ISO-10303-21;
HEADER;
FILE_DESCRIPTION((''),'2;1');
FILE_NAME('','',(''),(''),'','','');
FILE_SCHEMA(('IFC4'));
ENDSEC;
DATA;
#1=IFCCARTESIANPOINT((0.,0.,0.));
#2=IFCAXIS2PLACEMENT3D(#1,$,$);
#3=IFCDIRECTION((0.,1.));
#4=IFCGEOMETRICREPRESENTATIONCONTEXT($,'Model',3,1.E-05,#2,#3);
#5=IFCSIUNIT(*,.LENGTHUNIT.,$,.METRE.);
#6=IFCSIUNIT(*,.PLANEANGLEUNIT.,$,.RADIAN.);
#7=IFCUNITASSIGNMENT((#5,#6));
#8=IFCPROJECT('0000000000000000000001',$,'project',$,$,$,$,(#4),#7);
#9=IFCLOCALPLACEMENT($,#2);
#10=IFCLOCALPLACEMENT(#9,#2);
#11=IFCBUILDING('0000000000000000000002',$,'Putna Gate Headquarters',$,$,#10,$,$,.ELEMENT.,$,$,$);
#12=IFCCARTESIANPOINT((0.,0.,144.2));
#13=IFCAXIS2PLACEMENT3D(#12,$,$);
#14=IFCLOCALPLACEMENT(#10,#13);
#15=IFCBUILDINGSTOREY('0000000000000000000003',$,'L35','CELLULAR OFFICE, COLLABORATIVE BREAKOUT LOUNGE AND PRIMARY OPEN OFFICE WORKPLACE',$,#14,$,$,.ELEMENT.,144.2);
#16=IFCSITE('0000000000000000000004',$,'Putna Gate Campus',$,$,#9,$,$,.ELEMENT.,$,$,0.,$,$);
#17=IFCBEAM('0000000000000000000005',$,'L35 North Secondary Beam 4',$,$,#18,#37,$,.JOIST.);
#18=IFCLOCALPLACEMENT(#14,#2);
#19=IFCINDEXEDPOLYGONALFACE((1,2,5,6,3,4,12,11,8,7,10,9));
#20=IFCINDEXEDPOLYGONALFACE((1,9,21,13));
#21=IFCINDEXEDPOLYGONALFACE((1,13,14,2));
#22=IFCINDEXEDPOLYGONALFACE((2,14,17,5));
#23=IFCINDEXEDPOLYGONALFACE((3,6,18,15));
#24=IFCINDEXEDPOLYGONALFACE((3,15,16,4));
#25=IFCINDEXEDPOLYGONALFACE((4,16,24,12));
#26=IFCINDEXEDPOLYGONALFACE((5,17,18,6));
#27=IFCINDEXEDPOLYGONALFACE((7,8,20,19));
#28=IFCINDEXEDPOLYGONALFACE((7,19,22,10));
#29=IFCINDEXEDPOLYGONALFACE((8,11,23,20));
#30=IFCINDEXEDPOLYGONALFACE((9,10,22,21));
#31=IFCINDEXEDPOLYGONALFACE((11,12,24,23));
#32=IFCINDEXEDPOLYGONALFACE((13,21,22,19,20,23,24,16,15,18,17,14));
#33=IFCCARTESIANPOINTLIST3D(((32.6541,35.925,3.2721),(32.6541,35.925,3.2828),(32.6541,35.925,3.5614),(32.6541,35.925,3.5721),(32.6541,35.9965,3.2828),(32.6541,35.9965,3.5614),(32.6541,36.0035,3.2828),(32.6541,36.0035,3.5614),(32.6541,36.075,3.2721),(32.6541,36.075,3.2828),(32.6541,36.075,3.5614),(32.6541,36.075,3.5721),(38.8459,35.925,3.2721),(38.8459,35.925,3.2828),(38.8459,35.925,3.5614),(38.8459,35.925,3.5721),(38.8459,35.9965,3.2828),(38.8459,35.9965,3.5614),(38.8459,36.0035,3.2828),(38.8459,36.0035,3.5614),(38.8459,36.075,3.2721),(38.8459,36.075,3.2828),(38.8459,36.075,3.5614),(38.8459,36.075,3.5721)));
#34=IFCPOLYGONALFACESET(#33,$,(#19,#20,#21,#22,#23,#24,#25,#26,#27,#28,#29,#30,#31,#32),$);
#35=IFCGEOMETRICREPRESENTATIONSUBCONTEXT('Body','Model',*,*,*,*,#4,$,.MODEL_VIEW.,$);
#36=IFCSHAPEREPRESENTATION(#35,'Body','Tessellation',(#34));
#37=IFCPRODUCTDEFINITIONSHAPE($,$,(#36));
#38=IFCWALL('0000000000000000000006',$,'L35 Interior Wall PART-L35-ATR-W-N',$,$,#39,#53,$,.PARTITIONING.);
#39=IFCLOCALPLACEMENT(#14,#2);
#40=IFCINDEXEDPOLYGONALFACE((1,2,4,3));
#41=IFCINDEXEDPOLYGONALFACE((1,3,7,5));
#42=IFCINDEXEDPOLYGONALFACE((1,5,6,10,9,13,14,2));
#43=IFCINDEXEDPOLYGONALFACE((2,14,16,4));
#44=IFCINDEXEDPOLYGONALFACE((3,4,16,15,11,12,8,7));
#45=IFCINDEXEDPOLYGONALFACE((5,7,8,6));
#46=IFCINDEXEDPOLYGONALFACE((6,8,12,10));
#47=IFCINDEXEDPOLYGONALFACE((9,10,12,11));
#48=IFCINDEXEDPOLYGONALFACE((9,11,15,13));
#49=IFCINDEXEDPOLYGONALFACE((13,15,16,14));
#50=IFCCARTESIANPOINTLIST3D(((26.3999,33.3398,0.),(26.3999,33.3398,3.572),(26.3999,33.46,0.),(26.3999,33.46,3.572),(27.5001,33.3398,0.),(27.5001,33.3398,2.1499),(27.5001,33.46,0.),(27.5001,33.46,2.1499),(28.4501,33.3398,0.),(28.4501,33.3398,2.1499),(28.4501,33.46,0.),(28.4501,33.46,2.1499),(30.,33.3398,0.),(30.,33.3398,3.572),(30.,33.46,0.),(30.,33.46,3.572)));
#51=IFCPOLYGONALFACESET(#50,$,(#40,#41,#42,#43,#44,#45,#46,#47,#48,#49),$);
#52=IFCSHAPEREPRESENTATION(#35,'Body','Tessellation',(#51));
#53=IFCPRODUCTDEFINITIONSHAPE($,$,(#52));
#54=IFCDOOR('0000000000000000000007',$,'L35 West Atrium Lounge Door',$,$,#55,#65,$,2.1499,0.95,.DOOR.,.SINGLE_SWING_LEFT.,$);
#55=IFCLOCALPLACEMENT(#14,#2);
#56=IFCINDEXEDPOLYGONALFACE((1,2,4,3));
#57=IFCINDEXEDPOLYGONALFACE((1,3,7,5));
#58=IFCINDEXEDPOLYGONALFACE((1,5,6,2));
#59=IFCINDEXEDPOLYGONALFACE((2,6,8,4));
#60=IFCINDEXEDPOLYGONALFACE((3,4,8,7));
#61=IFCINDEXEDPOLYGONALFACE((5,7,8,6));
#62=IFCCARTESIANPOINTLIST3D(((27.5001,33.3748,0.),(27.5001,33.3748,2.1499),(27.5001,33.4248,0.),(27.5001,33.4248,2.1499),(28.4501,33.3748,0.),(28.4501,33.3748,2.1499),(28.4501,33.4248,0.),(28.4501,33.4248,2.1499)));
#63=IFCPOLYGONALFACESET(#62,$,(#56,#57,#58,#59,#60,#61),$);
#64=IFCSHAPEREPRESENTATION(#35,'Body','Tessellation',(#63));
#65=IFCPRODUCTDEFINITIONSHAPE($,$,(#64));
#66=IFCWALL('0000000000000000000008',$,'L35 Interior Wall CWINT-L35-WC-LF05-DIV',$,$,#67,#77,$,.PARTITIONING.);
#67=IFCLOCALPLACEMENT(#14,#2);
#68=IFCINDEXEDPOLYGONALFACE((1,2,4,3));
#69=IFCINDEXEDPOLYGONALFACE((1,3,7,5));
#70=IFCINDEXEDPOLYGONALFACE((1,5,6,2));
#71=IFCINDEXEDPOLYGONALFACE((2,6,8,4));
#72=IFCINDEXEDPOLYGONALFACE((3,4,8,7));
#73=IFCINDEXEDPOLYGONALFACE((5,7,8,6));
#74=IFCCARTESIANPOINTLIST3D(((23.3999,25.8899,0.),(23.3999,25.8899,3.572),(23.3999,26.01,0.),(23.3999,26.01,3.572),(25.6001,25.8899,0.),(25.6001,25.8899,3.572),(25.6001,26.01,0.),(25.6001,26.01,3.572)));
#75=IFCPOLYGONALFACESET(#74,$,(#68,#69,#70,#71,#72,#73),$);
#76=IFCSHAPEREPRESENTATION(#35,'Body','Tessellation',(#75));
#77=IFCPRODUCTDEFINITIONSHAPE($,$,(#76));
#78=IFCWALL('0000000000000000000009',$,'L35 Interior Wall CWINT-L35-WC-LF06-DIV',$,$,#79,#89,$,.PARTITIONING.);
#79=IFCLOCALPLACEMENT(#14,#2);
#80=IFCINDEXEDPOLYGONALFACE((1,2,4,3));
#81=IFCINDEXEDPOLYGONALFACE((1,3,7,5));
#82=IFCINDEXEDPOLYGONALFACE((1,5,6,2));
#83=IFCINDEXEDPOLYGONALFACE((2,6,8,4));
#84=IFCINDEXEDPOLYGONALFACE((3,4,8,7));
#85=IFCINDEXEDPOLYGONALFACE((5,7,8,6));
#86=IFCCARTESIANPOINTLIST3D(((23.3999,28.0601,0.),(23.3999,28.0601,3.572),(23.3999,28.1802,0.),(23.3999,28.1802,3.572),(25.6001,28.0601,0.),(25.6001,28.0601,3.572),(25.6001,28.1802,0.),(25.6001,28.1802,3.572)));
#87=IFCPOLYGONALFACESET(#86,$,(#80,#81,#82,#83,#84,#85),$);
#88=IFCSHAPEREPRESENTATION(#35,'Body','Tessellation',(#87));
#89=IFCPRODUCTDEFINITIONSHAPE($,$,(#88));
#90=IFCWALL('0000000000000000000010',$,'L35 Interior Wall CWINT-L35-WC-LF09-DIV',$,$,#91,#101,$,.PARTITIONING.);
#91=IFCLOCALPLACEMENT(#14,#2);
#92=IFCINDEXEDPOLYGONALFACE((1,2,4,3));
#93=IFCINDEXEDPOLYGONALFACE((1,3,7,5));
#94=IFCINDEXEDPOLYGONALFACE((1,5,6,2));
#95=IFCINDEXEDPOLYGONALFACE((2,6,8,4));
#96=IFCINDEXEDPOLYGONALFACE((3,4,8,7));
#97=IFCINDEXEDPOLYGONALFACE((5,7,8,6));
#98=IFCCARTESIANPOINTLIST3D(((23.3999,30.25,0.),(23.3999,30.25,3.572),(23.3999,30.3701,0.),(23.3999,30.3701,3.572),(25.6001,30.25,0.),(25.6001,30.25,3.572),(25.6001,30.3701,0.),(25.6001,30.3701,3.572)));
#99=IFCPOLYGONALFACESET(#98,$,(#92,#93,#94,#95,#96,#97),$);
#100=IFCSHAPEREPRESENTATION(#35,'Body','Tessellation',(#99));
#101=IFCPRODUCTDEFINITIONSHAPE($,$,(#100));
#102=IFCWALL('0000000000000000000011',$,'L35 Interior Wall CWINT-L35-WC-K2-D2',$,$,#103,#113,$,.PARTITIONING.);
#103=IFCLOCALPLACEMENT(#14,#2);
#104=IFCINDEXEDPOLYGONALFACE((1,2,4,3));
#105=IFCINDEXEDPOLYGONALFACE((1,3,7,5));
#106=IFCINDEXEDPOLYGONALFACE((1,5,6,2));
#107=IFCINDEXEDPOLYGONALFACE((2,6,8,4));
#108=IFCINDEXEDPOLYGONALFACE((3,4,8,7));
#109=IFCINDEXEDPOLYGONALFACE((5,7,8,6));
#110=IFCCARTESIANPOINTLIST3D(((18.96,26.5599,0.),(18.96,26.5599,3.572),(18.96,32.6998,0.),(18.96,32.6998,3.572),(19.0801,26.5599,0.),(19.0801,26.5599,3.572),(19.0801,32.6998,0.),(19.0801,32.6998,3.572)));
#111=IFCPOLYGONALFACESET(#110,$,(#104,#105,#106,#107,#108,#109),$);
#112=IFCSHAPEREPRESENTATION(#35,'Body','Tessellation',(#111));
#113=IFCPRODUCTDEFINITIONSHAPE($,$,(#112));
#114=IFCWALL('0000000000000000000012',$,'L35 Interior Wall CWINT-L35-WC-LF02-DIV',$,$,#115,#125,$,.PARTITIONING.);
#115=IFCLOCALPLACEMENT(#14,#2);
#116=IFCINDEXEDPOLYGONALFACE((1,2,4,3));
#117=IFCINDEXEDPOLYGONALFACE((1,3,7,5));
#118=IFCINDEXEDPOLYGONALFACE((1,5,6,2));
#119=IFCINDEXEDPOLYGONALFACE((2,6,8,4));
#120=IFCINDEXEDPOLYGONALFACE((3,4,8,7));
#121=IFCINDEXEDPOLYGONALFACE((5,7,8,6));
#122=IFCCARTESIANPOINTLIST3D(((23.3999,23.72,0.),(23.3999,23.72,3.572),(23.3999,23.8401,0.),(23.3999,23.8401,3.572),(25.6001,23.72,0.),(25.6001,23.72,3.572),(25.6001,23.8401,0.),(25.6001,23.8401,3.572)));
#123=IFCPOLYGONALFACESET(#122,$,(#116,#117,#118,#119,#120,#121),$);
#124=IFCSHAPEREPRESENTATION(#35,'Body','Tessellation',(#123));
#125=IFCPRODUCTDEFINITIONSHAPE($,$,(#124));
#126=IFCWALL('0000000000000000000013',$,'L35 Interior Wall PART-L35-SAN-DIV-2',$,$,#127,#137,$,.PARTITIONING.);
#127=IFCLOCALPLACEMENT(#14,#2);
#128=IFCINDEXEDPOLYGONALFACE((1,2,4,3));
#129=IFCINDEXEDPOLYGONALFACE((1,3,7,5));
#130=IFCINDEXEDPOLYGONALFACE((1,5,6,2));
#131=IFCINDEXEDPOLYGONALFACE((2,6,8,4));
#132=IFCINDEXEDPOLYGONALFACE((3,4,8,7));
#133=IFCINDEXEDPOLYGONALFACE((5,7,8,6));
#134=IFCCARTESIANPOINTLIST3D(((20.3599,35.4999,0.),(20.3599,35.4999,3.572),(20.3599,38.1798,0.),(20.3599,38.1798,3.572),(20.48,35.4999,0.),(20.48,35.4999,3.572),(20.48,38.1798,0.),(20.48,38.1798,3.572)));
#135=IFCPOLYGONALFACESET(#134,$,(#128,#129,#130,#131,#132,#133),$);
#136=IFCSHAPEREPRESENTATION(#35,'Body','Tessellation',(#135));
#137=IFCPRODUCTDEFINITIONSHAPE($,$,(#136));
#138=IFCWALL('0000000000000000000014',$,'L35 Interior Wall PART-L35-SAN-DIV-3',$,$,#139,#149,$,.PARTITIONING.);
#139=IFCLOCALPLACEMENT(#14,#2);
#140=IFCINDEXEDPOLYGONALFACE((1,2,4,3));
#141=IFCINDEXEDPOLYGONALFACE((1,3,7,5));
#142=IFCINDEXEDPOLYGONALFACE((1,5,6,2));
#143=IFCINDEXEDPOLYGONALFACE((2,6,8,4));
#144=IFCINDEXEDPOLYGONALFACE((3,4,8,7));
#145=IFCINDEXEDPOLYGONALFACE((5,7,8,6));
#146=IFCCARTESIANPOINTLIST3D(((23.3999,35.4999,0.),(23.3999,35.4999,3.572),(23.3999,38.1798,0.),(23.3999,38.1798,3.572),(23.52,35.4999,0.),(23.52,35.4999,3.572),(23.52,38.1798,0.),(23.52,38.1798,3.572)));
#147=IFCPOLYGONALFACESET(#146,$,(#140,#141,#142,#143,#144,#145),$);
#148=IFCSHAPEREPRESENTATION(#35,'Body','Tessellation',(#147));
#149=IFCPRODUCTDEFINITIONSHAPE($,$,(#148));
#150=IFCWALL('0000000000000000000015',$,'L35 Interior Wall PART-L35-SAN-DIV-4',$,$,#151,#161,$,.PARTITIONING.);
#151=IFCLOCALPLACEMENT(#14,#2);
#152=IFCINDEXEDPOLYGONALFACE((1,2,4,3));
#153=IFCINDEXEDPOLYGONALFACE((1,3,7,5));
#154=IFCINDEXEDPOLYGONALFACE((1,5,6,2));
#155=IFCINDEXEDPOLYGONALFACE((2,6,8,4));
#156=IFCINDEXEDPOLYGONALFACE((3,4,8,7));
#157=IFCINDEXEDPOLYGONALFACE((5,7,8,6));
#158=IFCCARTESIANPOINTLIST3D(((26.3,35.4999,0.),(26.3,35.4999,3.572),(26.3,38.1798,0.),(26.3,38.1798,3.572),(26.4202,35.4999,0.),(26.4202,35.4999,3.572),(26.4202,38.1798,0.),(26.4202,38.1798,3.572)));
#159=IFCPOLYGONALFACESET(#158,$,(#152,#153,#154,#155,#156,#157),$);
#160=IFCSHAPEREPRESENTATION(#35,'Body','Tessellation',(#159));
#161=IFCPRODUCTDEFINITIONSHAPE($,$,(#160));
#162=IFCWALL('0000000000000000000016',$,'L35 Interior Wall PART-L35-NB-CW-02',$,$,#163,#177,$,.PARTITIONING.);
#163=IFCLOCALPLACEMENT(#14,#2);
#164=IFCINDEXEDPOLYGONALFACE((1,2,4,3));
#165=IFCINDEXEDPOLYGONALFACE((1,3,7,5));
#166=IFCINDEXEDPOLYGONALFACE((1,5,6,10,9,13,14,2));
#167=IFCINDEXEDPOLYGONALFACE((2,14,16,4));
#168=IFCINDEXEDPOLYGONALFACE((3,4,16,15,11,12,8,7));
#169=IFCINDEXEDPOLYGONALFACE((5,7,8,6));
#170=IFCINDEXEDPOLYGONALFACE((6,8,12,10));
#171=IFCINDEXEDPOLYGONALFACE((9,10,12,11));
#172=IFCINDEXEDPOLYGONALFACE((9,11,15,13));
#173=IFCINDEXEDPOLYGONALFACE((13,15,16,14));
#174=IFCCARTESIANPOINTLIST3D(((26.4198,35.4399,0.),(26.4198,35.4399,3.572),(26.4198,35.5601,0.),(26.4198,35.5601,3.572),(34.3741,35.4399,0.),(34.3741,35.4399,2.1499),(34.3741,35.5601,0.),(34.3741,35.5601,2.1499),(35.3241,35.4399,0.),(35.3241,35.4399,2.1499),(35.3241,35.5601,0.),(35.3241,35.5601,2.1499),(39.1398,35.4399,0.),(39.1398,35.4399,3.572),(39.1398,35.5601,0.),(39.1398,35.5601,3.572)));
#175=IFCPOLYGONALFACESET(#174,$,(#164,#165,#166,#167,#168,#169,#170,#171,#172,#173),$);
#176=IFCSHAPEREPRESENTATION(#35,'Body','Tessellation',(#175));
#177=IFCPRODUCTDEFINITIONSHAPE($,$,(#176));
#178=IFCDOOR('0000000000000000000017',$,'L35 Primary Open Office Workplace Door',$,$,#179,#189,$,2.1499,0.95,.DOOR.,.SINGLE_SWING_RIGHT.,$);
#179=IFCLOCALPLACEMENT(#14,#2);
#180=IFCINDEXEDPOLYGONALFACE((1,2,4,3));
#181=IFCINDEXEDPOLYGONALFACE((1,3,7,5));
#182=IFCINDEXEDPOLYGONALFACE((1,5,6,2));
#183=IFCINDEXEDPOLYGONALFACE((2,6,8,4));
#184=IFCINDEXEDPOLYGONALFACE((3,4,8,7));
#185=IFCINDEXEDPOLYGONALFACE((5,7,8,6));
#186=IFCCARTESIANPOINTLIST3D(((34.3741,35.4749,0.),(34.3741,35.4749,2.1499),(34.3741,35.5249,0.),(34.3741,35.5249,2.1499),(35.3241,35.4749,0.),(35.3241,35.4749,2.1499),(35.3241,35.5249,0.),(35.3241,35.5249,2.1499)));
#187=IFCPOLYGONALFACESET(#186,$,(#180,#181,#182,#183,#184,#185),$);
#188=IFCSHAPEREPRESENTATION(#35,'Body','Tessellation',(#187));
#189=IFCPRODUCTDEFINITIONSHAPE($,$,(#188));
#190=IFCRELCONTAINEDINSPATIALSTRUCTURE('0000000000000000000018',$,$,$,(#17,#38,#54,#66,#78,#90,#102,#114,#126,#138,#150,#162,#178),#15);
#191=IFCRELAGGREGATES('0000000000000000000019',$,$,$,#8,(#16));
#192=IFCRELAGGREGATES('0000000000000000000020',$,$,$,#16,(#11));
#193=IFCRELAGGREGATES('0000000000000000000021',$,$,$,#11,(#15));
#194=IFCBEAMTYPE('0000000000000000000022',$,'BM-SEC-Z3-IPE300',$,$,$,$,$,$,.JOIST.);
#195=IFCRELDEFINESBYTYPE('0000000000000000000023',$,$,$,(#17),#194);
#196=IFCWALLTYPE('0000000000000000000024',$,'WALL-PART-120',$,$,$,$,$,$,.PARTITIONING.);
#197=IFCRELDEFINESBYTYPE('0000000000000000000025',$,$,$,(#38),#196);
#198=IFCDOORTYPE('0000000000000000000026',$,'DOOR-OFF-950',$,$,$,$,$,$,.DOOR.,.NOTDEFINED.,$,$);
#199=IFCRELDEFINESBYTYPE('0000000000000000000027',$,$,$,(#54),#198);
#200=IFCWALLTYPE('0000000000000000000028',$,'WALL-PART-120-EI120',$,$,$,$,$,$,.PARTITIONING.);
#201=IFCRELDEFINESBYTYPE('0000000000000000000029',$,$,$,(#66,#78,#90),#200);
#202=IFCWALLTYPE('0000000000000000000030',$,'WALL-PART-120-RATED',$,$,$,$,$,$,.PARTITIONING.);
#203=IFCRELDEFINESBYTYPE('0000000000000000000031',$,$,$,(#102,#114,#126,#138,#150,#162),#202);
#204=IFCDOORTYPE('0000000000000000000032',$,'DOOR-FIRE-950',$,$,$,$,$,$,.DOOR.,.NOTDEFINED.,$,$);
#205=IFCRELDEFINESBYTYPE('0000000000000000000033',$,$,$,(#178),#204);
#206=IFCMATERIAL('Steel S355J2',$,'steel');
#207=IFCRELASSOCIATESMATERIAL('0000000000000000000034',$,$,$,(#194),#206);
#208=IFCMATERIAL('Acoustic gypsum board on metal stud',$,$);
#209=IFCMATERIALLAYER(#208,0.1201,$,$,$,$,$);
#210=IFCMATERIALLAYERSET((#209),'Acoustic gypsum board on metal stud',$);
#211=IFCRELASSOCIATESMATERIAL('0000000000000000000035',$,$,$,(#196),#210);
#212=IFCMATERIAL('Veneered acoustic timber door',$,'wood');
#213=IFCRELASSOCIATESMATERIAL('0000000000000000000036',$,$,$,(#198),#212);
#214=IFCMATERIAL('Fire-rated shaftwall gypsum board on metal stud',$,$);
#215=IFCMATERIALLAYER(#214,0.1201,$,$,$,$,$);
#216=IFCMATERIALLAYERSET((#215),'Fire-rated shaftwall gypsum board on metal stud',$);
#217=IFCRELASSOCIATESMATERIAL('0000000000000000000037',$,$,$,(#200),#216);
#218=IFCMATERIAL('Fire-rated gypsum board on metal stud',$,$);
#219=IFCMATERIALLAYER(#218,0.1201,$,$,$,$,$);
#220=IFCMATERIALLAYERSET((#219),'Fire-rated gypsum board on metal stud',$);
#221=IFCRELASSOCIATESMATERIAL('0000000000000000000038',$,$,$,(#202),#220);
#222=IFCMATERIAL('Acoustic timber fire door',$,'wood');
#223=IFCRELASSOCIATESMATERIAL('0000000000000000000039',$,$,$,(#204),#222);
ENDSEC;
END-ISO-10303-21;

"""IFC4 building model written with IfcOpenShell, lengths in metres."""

from ifc_helpers import new_model, si_unit, direction, frame, frame_2d, origin, origin_2d, place, context, subcontext, project, spatial, rectangle, i_section, extrude, material, layer, layer_set, material_profile, profile_set, type_object, element, fill, save


model = new_model("IFC4")

# Units and contexts
model_context = context("Model", 3, precision=1e-05, world=origin(), true_north=direction((0.0, 1.0)))
body_context = subcontext(model_context, "Body", "Model", "MODEL_VIEW")
ifc_project = project(units=[si_unit("LENGTHUNIT", "METRE"), si_unit("PLANEANGLEUNIT", "RADIAN")], contexts=[model_context])

# Site, building, storey
site_placement = place(None, origin())
site = spatial("IfcSite", under=ifc_project, at=site_placement, Name="Putna Gate Campus", CompositionType="ELEMENT", RefElevation=0.0)
building_placement = place(site_placement, origin())
building = spatial("IfcBuilding", under=site, at=building_placement, Name="Putna Gate Headquarters", CompositionType="ELEMENT")
storey_placement = place(building_placement, frame((0.0, 0.0, 144.2)))
storey = spatial("IfcBuildingStorey", under=building, at=storey_placement, Name="L35", Description="CELLULAR OFFICE, COLLABORATIVE BREAKOUT LOUNGE AND PRIMARY OPEN OFFICE WORKPLACE", CompositionType="ELEMENT", Elevation=144.2)

# Beam
ifc_material_1 = material(Name="Steel S355J2", Category="steel")
ifc_material_profile_1 = material_profile(ifc_material_1, i_section(OverallWidth=0.1499, OverallDepth=0.3, WebThickness=0.0071, FlangeThickness=0.0107, at=origin_2d()), Name="Steel S355J2")
ifc_profile_set_1 = profile_set([ifc_material_profile_1], Name="Steel S355J2")
beam_type_1 = type_object("IfcBeamType", Name="BM-SEC-Z3-IPE300", PredefinedType="JOIST", material=ifc_profile_set_1)
for number, where, z_axis, x_axis, name in (
    (1, (32.6541, 36.0, 3.4221), (1.0, 0.0, 0.0), (0.0, 1.0, 0.0), "L35 North Secondary Beam 4"),
):
    element("IfcBeam", number, at=place(storey_placement, frame(where, z_axis=z_axis, x_axis=x_axis)), inside=storey, type_object=beam_type_1, Name=name, PredefinedType="JOIST", context=body_context, shape_type="SweptSolid", body=[
        extrude(i_section(OverallWidth=0.1499, OverallDepth=0.3, WebThickness=0.0071, FlangeThickness=0.0107, at=origin_2d()), origin(), (0.0, 0.0, 1.0), 6.1919),
    ])

# Wall, opening, door
ifc_material_2 = material(Name="Acoustic gypsum board on metal stud")
ifc_layer_1 = layer(ifc_material_2, 0.1201)
ifc_layer_set_1 = layer_set([ifc_layer_1], Name="Acoustic gypsum board on metal stud")
wall_type_1 = type_object("IfcWallType", Name="WALL-PART-120", PredefinedType="PARTITIONING", material=ifc_layer_set_1)
wall_1_placement = place(storey_placement, frame((26.3999, 33.3999, 0.0), z_axis=(0.0, 0.0, 1.0), x_axis=(1.0, 0.0, 0.0)))
wall_1 = element("IfcWall", 2, at=wall_1_placement, inside=storey, type_object=wall_type_1, Name="L35 Interior Wall PART-L35-ATR-W-N", PredefinedType="PARTITIONING", context=body_context, shape_type="SweptSolid", body=[
    extrude(rectangle(XDim=3.6001, YDim=0.1201, at=frame_2d((1.8, 0.0))), origin(), (0.0, 0.0, 1.0), 3.572),
])
opening_1_placement = place(wall_1_placement, frame((1.1001, 0.0, 0.0)))
opening_1 = element("IfcOpeningElement", 3, at=opening_1_placement, cuts=wall_1, PredefinedType="OPENING", context=body_context, shape_type="SweptSolid", body=[
    extrude(rectangle(XDim=0.95, YDim=2.1499, at=frame_2d((0.4751, 1.075))), frame((0.0, 0.0701, 0.0), z_axis=(0.0, -1.0, 0.0), x_axis=(1.0, 0.0, 0.0)), (0.0, 0.0, 1.0), 0.1401),
])
ifc_material_3 = material(Name="Veneered acoustic timber door", Category="wood")
door_type_1 = type_object("IfcDoorType", Name="DOOR-OFF-950", OperationType="NOTDEFINED", PredefinedType="DOOR", material=ifc_material_3)
door_1_placement = place(opening_1_placement, origin())
door_1 = element("IfcDoor", 4, at=door_1_placement, inside=storey, type_object=door_type_1, Name="L35 West Atrium Lounge Door", OperationType="SINGLE_SWING_LEFT", OverallHeight=2.1499, OverallWidth=0.95, PredefinedType="DOOR", context=body_context, shape_type="SweptSolid", body=[
    extrude(rectangle(XDim=0.95, YDim=2.1499, at=frame_2d((0.4751, 1.075))), frame((0.0, 0.0249, 0.0), z_axis=(0.0, -1.0, 0.0), x_axis=(1.0, 0.0, 0.0)), (0.0, 0.0, 1.0), 0.05),
])
fill(opening_1, door_1)

# Walls
ifc_material_4 = material(Name="Fire-rated shaftwall gypsum board on metal stud")
ifc_layer_2 = layer(ifc_material_4, 0.1201)
ifc_layer_set_2 = layer_set([ifc_layer_2], Name="Fire-rated shaftwall gypsum board on metal stud")
wall_type_2 = type_object("IfcWallType", Name="WALL-PART-120-EI120", PredefinedType="PARTITIONING", material=ifc_layer_set_2)
for number, where, z_axis, x_axis, name in (
    (5, (23.3999, 25.95, 0.0), (0.0, 0.0, 1.0), (1.0, 0.0, 0.0), "L35 Interior Wall CWINT-L35-WC-LF05-DIV"),
    (6, (23.3999, 28.1201, 0.0), (0.0, 0.0, 1.0), (1.0, 0.0, 0.0), "L35 Interior Wall CWINT-L35-WC-LF06-DIV"),
    (7, (23.3999, 30.3101, 0.0), (0.0, 0.0, 1.0), (1.0, 0.0, 0.0), "L35 Interior Wall CWINT-L35-WC-LF09-DIV"),
):
    element("IfcWall", number, at=place(storey_placement, frame(where, z_axis=z_axis, x_axis=x_axis)), inside=storey, type_object=wall_type_2, Name=name, PredefinedType="PARTITIONING", context=body_context, shape_type="SweptSolid", body=[
        extrude(rectangle(XDim=2.2002, YDim=0.1201, at=frame_2d((1.1001, 0.0))), origin(), (0.0, 0.0, 1.0), 3.572),
    ])
ifc_material_5 = material(Name="Fire-rated gypsum board on metal stud")
ifc_layer_3 = layer(ifc_material_5, 0.1201)
ifc_layer_set_3 = layer_set([ifc_layer_3], Name="Fire-rated gypsum board on metal stud")
wall_type_3 = type_object("IfcWallType", Name="WALL-PART-120-RATED", PredefinedType="PARTITIONING", material=ifc_layer_set_3)
wall_2_placement = place(storey_placement, frame((19.02, 26.5601, 0.0), z_axis=(0.0, 0.0, 1.0), x_axis=(0.0, 1.0, 0.0)))
element("IfcWall", 8, at=wall_2_placement, inside=storey, type_object=wall_type_3, Name="L35 Interior Wall CWINT-L35-WC-K2-D2", PredefinedType="PARTITIONING", context=body_context, shape_type="SweptSolid", body=[
    extrude(rectangle(XDim=6.1399, YDim=0.1201, at=frame_2d((3.0698, 0.0))), origin(), (0.0, 0.0, 1.0), 3.572),
])
wall_3_placement = place(storey_placement, frame((23.3999, 23.78, 0.0), z_axis=(0.0, 0.0, 1.0), x_axis=(1.0, 0.0, 0.0)))
element("IfcWall", 9, at=wall_3_placement, inside=storey, type_object=wall_type_3, Name="L35 Interior Wall CWINT-L35-WC-LF02-DIV", PredefinedType="PARTITIONING", context=body_context, shape_type="SweptSolid", body=[
    extrude(rectangle(XDim=2.2002, YDim=0.1201, at=frame_2d((1.1001, 0.0))), origin(), (0.0, 0.0, 1.0), 3.572),
])
for number, where, z_axis, x_axis, name in (
    (10, (20.4199, 35.5, 0.0), (0.0, 0.0, 1.0), (0.0, 1.0, 0.0), "L35 Interior Wall PART-L35-SAN-DIV-2"),
    (11, (23.46, 35.5, 0.0), (0.0, 0.0, 1.0), (0.0, 1.0, 0.0), "L35 Interior Wall PART-L35-SAN-DIV-3"),
    (12, (26.3601, 35.5, 0.0), (0.0, 0.0, 1.0), (0.0, 1.0, 0.0), "L35 Interior Wall PART-L35-SAN-DIV-4"),
):
    element("IfcWall", number, at=place(storey_placement, frame(where, z_axis=z_axis, x_axis=x_axis)), inside=storey, type_object=wall_type_3, Name=name, PredefinedType="PARTITIONING", context=body_context, shape_type="SweptSolid", body=[
        extrude(rectangle(XDim=2.6799, YDim=0.1201, at=frame_2d((1.3398, 0.0))), origin(), (0.0, 0.0, 1.0), 3.572),
    ])

# Wall, opening, door
wall_4_placement = place(storey_placement, frame((26.4199, 35.5, 0.0), z_axis=(0.0, 0.0, 1.0), x_axis=(1.0, 0.0, 0.0)))
wall_4 = element("IfcWall", 13, at=wall_4_placement, inside=storey, type_object=wall_type_3, Name="L35 Interior Wall PART-L35-NB-CW-02", PredefinedType="PARTITIONING", context=body_context, shape_type="SweptSolid", body=[
    extrude(rectangle(XDim=12.72, YDim=0.1201, at=frame_2d((6.3599, 0.0))), origin(), (0.0, 0.0, 1.0), 3.572),
])
opening_2_placement = place(wall_4_placement, frame((7.9541, 0.0, 0.0)))
opening_2 = element("IfcOpeningElement", 14, at=opening_2_placement, cuts=wall_4, PredefinedType="OPENING", context=body_context, shape_type="SweptSolid", body=[
    extrude(rectangle(XDim=0.95, YDim=2.1499, at=frame_2d((0.4751, 1.075))), frame((0.0, 0.0701, 0.0), z_axis=(0.0, -1.0, 0.0), x_axis=(1.0, 0.0, 0.0)), (0.0, 0.0, 1.0), 0.1401),
])
ifc_material_6 = material(Name="Acoustic timber fire door", Category="wood")
door_type_2 = type_object("IfcDoorType", Name="DOOR-FIRE-950", OperationType="NOTDEFINED", PredefinedType="DOOR", material=ifc_material_6)
door_2_placement = place(opening_2_placement, origin())
door_2 = element("IfcDoor", 15, at=door_2_placement, inside=storey, type_object=door_type_2, Name="L35 Primary Open Office Workplace Door", OperationType="SINGLE_SWING_RIGHT", OverallHeight=2.1499, OverallWidth=0.95, PredefinedType="DOOR", context=body_context, shape_type="SweptSolid", body=[
    extrude(rectangle(XDim=0.95, YDim=2.1499, at=frame_2d((0.4751, 1.075))), frame((0.0, 0.0249, 0.0), z_axis=(0.0, -1.0, 0.0), x_axis=(1.0, 0.0, 0.0)), (0.0, 0.0, 1.0), 0.05),
])
fill(opening_2, door_2)

save(model, "model.ifc")
